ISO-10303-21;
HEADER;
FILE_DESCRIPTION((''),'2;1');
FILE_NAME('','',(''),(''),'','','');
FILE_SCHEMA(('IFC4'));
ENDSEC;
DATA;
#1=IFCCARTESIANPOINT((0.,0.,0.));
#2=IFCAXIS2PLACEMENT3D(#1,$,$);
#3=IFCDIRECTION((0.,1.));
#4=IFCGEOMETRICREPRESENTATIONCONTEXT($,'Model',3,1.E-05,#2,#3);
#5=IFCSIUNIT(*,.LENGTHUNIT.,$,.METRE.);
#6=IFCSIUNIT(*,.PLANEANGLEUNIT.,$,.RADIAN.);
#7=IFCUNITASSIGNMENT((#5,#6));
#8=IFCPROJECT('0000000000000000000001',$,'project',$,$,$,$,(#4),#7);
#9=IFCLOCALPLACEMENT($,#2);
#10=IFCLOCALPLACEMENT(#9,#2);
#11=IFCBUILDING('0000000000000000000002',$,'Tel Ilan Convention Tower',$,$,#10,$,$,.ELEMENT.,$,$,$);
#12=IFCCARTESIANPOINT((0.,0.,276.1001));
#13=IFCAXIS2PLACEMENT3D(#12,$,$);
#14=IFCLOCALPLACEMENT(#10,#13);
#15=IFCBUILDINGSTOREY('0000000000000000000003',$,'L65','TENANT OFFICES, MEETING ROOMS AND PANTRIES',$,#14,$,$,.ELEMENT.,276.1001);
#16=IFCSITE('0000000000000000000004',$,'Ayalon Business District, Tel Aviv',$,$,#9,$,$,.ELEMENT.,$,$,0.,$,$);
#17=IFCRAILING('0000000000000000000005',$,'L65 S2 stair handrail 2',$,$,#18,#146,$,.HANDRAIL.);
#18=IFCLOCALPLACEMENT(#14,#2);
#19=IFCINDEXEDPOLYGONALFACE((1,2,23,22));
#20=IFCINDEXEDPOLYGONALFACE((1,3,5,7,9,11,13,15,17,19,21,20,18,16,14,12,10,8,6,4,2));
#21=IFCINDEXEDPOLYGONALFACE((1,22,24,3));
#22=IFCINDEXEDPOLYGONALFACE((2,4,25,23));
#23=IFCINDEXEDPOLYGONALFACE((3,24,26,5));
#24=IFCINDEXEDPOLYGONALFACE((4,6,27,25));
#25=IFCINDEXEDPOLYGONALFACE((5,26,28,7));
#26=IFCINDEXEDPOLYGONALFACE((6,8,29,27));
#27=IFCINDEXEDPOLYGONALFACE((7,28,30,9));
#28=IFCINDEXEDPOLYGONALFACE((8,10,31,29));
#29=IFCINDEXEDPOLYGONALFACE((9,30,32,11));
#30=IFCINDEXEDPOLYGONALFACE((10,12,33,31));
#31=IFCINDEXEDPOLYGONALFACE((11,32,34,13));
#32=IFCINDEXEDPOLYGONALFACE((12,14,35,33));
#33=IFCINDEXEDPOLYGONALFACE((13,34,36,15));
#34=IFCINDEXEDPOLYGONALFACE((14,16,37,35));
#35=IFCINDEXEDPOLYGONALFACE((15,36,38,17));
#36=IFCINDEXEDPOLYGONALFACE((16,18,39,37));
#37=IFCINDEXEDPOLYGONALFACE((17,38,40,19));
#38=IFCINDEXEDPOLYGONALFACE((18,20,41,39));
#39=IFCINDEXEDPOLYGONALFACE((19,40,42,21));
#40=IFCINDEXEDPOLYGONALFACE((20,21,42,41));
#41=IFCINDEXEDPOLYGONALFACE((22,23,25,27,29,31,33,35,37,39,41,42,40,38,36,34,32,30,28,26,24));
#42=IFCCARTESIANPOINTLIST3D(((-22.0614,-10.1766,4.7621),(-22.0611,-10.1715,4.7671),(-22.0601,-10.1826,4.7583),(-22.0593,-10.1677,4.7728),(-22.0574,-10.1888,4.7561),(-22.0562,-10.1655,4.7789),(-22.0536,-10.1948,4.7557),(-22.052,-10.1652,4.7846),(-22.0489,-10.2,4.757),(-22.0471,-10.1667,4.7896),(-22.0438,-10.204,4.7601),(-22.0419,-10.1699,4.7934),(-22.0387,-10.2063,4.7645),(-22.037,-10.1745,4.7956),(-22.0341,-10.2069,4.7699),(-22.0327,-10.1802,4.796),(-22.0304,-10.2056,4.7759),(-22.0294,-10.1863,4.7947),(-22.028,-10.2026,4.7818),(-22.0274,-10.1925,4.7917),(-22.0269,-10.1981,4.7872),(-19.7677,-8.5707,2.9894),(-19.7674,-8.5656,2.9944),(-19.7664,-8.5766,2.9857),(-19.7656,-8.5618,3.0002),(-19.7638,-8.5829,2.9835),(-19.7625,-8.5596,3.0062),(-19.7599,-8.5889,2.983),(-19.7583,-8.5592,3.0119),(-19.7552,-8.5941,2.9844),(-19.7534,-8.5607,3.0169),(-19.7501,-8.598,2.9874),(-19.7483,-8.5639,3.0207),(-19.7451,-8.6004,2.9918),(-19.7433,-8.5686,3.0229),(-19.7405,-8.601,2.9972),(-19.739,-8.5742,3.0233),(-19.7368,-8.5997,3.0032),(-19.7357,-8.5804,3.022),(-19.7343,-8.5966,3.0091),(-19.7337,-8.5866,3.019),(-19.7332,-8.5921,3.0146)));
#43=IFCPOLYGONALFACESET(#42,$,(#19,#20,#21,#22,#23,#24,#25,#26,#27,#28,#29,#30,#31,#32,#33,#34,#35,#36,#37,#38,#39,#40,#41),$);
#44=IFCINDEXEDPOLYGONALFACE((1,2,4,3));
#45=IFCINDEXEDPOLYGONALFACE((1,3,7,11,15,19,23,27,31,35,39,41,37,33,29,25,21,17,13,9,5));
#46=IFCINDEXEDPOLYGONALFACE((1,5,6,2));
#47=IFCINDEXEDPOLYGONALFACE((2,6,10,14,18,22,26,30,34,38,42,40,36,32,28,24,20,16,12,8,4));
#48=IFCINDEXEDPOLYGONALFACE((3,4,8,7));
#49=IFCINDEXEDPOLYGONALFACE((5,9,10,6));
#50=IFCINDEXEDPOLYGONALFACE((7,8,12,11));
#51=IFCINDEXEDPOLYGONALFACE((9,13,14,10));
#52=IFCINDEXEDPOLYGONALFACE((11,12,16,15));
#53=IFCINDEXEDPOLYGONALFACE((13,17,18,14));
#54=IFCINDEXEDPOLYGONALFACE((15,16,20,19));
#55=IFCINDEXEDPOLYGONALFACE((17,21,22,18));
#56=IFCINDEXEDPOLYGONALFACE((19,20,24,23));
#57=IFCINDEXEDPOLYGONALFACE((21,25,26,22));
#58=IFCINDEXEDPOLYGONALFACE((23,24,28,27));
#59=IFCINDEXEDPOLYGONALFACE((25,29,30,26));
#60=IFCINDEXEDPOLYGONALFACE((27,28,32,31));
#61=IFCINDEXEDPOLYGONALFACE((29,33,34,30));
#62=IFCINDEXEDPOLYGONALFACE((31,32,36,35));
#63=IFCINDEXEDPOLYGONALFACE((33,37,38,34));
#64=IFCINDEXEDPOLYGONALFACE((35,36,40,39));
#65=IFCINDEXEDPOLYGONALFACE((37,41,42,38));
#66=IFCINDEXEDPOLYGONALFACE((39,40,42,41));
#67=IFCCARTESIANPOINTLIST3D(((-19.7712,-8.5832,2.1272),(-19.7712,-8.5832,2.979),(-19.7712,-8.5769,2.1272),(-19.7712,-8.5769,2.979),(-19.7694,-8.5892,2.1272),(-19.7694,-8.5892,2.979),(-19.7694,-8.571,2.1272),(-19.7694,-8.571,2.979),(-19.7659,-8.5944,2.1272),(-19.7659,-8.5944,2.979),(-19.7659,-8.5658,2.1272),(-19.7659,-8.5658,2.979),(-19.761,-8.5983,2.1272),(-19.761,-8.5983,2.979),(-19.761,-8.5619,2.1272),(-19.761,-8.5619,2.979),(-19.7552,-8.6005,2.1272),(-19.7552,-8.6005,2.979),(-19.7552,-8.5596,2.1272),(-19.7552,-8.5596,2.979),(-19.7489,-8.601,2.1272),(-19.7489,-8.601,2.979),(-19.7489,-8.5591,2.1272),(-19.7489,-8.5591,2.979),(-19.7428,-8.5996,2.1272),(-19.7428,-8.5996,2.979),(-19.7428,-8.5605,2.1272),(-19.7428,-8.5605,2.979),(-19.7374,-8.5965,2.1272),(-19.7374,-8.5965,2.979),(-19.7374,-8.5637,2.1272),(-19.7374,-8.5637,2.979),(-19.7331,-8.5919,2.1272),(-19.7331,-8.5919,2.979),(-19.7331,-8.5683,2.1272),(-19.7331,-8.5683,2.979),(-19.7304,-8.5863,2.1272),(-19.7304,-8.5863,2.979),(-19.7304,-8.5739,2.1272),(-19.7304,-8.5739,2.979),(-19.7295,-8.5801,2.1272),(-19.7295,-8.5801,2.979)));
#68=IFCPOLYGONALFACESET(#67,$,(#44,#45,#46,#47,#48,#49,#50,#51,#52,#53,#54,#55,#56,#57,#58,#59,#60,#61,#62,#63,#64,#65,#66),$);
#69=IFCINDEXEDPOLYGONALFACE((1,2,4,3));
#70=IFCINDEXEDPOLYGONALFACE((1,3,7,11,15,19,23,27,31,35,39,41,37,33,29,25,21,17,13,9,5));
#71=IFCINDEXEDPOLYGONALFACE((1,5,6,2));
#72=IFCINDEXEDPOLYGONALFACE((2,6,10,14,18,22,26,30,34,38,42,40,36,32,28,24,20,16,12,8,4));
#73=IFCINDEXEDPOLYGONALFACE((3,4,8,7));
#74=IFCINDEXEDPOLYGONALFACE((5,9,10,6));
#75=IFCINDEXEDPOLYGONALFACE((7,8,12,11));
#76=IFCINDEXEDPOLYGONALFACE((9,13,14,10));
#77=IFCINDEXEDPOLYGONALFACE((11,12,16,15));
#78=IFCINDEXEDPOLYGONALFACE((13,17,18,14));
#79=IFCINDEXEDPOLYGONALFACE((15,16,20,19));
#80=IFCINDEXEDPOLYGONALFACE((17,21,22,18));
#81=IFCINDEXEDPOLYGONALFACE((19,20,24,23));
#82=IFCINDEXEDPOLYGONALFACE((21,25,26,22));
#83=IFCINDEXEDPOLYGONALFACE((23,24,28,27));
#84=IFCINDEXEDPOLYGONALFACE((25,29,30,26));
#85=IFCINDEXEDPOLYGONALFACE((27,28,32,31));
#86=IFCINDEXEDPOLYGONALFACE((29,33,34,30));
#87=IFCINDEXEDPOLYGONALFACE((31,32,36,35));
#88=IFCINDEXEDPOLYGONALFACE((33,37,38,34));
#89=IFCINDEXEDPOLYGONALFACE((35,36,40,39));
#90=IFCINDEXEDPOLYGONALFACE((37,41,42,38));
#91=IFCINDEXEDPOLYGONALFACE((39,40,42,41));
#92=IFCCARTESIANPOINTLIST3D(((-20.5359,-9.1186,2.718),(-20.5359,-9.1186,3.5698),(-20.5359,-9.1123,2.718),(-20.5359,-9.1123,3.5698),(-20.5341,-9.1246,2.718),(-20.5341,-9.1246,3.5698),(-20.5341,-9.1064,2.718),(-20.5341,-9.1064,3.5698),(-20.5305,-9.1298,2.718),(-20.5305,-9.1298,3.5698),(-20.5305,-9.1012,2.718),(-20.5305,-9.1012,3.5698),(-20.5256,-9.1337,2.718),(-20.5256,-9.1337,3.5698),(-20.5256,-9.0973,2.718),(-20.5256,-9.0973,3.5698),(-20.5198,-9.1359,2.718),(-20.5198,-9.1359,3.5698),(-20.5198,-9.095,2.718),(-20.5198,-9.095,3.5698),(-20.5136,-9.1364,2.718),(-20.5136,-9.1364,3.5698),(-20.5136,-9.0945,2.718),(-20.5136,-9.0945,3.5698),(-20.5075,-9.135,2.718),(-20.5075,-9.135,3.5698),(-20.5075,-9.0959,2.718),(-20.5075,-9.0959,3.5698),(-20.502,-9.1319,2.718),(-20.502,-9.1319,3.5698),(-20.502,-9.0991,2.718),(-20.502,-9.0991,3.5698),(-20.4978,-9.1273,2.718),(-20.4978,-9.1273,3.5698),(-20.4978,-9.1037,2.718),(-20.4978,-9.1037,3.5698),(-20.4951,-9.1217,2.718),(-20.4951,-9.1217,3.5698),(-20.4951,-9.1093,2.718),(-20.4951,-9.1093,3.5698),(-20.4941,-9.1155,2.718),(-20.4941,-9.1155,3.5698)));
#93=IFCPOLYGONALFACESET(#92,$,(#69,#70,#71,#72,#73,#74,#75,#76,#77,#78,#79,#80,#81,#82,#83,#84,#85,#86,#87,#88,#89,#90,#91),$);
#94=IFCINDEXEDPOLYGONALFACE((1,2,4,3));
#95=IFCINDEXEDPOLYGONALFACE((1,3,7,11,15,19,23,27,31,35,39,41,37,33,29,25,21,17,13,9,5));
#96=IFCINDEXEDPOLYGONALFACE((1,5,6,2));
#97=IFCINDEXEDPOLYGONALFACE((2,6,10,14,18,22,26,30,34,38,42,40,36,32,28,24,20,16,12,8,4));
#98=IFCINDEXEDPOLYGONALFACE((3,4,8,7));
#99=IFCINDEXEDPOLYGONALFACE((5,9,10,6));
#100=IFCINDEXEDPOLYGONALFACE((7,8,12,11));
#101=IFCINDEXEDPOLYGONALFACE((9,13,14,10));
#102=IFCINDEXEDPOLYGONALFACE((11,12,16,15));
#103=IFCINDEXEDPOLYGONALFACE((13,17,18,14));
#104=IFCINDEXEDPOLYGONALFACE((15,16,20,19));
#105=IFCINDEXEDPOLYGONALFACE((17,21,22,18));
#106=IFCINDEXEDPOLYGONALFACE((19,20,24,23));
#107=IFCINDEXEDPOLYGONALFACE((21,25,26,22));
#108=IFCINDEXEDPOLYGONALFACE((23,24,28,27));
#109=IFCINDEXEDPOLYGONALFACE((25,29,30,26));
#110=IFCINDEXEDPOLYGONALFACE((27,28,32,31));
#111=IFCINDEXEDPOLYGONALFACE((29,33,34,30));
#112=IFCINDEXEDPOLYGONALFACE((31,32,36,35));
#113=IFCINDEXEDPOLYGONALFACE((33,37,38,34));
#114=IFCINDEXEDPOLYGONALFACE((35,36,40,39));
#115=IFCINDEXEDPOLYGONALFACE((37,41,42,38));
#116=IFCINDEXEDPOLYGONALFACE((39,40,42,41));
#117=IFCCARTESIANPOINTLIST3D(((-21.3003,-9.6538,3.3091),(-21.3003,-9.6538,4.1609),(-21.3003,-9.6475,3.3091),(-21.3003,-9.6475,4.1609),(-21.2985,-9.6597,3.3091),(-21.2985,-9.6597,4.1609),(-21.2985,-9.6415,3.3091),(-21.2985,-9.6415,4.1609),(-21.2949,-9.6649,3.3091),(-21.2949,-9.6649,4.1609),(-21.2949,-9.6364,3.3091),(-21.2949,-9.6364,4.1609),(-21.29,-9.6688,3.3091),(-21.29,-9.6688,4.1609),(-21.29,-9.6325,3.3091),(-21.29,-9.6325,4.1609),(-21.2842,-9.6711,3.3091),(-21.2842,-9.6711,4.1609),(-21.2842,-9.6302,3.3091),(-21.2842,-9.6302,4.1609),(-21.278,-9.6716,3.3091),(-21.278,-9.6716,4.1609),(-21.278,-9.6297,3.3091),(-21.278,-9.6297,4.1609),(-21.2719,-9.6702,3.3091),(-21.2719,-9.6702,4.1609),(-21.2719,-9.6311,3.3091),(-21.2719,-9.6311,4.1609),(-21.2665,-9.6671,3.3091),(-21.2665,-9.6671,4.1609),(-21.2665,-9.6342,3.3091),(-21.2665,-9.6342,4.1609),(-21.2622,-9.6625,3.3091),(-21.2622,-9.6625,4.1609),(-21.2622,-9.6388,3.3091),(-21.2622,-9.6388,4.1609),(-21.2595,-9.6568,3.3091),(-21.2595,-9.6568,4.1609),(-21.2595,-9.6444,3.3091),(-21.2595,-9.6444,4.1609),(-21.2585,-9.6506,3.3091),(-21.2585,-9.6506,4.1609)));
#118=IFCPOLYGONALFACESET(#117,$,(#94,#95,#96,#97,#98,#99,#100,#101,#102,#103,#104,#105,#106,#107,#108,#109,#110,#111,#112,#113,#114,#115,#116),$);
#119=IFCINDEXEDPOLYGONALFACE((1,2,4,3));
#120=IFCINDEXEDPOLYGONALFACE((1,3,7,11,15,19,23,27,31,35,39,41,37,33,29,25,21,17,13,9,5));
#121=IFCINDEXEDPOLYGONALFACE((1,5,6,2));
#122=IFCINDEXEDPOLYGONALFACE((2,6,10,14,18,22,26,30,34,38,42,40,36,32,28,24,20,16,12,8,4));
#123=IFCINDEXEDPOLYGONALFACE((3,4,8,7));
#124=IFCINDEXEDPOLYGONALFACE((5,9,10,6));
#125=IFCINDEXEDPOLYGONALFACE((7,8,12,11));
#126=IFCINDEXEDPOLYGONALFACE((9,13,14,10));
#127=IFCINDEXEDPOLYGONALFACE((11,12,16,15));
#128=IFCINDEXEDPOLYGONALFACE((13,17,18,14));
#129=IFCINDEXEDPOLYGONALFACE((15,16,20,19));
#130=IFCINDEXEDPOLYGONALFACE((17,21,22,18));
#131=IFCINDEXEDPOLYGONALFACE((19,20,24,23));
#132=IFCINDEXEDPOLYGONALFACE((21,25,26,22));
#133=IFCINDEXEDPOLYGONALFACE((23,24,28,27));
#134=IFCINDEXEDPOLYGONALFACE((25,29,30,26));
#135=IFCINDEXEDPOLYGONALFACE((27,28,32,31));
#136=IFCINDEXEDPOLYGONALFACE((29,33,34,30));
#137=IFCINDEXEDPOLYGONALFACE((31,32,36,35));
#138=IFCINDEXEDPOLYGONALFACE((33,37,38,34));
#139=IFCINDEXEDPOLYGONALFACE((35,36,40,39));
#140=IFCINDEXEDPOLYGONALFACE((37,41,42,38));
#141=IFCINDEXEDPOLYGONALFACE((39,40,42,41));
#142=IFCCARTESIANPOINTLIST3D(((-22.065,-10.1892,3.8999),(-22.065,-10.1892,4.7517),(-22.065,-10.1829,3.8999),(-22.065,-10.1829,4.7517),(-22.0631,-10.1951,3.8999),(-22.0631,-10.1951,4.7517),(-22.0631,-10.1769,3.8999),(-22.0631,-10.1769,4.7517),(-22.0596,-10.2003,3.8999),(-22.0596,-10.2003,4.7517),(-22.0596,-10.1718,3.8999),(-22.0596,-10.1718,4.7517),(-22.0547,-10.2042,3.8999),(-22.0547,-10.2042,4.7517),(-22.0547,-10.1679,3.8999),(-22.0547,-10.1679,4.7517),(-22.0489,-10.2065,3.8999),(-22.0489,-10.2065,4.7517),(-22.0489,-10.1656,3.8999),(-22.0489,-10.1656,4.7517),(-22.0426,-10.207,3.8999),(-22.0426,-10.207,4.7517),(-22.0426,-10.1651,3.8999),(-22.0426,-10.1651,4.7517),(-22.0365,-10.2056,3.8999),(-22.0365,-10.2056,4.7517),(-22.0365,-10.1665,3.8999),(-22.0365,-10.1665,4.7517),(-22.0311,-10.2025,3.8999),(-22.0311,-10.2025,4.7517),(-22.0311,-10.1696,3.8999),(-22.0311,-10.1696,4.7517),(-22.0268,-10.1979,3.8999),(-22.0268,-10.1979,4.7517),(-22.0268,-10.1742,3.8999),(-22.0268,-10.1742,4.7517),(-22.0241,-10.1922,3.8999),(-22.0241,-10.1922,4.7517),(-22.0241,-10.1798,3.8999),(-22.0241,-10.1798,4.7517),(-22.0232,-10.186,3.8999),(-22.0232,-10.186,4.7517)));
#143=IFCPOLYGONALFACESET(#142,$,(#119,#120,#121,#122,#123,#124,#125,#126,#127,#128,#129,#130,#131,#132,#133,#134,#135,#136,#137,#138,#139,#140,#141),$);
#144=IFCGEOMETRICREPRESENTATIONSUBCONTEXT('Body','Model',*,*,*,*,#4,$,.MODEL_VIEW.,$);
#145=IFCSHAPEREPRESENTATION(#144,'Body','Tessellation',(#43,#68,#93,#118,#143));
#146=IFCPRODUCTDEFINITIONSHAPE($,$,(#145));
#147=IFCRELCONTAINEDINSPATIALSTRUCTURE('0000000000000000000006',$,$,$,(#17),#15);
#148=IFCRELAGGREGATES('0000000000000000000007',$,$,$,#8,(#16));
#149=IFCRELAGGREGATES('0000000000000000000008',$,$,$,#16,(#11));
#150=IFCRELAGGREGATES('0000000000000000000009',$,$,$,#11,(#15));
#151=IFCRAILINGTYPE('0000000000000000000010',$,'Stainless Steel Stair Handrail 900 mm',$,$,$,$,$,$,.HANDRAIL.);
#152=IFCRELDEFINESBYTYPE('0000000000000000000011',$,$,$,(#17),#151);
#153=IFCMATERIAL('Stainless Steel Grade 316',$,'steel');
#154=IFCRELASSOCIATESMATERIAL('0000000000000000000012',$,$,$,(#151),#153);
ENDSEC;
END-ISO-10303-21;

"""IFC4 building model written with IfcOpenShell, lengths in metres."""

from ifc_helpers import new_model, si_unit, direction, frame, origin, origin_2d, place, context, subcontext, project, spatial, circle, extrude, material, type_object, element, save


model = new_model("IFC4")

# Units and contexts
model_context = context("Model", 3, precision=1e-05, world=origin(), true_north=direction((0.0, 1.0)))
body_context = subcontext(model_context, "Body", "Model", "MODEL_VIEW")
ifc_project = project(units=[si_unit("LENGTHUNIT", "METRE"), si_unit("PLANEANGLEUNIT", "RADIAN")], contexts=[model_context])

# Site, building, storey
site_placement = place(None, origin())
site = spatial("IfcSite", under=ifc_project, at=site_placement, Name="Ayalon Business District, Tel Aviv", CompositionType="ELEMENT", RefElevation=0.0)
building_placement = place(site_placement, origin())
building = spatial("IfcBuilding", under=site, at=building_placement, Name="Tel Ilan Convention Tower", CompositionType="ELEMENT")
storey_placement = place(building_placement, frame((0.0, 0.0, 276.1001)))
storey = spatial("IfcBuildingStorey", under=building, at=storey_placement, Name="L65", Description="TENANT OFFICES, MEETING ROOMS AND PANTRIES", CompositionType="ELEMENT", Elevation=276.1001)

# Railing
ifc_material_1 = material(Name="Stainless Steel Grade 316", Category="steel")
railing_type_1 = type_object("IfcRailingType", Name="Stainless Steel Stair Handrail 900 mm", PredefinedType="HANDRAIL", material=ifc_material_1)
for number, where, name in (
    (1, (-19.7505, -8.5801, 2.1272), "L65 S2 stair handrail 2"),
):
    element("IfcRailing", number, at=place(storey_placement, frame(where)), inside=storey, type_object=railing_type_1, Name=name, PredefinedType="HANDRAIL", context=body_context, shape_type="SweptSolid", body=[
        extrude(circle(Radius=0.0239, at=origin_2d()), frame((0.0, 0.0, 0.876), z_axis=(-0.692123, -0.484597, 0.534913), x_axis=(0.57355, -0.81917, 0.0)), (0.0, 0.0, 1.0), 3.314),
        extrude(circle(Radius=0.021, at=origin_2d()), origin(), (0.0, 0.0, 1.0), 0.8518),
        extrude(circle(Radius=0.021, at=origin_2d()), frame((-0.7646, -0.5354, 0.5908)), (0.0, 0.0, 1.0), 0.8518),
        extrude(circle(Radius=0.021, at=origin_2d()), frame((-1.5291, -1.0706, 1.1819)), (0.0, 0.0, 1.0), 0.8518),
        extrude(circle(Radius=0.021, at=origin_2d()), frame((-2.2937, -1.606, 1.7727)), (0.0, 0.0, 1.0), 0.8518),
    ])

save(model, "model.ifc")
